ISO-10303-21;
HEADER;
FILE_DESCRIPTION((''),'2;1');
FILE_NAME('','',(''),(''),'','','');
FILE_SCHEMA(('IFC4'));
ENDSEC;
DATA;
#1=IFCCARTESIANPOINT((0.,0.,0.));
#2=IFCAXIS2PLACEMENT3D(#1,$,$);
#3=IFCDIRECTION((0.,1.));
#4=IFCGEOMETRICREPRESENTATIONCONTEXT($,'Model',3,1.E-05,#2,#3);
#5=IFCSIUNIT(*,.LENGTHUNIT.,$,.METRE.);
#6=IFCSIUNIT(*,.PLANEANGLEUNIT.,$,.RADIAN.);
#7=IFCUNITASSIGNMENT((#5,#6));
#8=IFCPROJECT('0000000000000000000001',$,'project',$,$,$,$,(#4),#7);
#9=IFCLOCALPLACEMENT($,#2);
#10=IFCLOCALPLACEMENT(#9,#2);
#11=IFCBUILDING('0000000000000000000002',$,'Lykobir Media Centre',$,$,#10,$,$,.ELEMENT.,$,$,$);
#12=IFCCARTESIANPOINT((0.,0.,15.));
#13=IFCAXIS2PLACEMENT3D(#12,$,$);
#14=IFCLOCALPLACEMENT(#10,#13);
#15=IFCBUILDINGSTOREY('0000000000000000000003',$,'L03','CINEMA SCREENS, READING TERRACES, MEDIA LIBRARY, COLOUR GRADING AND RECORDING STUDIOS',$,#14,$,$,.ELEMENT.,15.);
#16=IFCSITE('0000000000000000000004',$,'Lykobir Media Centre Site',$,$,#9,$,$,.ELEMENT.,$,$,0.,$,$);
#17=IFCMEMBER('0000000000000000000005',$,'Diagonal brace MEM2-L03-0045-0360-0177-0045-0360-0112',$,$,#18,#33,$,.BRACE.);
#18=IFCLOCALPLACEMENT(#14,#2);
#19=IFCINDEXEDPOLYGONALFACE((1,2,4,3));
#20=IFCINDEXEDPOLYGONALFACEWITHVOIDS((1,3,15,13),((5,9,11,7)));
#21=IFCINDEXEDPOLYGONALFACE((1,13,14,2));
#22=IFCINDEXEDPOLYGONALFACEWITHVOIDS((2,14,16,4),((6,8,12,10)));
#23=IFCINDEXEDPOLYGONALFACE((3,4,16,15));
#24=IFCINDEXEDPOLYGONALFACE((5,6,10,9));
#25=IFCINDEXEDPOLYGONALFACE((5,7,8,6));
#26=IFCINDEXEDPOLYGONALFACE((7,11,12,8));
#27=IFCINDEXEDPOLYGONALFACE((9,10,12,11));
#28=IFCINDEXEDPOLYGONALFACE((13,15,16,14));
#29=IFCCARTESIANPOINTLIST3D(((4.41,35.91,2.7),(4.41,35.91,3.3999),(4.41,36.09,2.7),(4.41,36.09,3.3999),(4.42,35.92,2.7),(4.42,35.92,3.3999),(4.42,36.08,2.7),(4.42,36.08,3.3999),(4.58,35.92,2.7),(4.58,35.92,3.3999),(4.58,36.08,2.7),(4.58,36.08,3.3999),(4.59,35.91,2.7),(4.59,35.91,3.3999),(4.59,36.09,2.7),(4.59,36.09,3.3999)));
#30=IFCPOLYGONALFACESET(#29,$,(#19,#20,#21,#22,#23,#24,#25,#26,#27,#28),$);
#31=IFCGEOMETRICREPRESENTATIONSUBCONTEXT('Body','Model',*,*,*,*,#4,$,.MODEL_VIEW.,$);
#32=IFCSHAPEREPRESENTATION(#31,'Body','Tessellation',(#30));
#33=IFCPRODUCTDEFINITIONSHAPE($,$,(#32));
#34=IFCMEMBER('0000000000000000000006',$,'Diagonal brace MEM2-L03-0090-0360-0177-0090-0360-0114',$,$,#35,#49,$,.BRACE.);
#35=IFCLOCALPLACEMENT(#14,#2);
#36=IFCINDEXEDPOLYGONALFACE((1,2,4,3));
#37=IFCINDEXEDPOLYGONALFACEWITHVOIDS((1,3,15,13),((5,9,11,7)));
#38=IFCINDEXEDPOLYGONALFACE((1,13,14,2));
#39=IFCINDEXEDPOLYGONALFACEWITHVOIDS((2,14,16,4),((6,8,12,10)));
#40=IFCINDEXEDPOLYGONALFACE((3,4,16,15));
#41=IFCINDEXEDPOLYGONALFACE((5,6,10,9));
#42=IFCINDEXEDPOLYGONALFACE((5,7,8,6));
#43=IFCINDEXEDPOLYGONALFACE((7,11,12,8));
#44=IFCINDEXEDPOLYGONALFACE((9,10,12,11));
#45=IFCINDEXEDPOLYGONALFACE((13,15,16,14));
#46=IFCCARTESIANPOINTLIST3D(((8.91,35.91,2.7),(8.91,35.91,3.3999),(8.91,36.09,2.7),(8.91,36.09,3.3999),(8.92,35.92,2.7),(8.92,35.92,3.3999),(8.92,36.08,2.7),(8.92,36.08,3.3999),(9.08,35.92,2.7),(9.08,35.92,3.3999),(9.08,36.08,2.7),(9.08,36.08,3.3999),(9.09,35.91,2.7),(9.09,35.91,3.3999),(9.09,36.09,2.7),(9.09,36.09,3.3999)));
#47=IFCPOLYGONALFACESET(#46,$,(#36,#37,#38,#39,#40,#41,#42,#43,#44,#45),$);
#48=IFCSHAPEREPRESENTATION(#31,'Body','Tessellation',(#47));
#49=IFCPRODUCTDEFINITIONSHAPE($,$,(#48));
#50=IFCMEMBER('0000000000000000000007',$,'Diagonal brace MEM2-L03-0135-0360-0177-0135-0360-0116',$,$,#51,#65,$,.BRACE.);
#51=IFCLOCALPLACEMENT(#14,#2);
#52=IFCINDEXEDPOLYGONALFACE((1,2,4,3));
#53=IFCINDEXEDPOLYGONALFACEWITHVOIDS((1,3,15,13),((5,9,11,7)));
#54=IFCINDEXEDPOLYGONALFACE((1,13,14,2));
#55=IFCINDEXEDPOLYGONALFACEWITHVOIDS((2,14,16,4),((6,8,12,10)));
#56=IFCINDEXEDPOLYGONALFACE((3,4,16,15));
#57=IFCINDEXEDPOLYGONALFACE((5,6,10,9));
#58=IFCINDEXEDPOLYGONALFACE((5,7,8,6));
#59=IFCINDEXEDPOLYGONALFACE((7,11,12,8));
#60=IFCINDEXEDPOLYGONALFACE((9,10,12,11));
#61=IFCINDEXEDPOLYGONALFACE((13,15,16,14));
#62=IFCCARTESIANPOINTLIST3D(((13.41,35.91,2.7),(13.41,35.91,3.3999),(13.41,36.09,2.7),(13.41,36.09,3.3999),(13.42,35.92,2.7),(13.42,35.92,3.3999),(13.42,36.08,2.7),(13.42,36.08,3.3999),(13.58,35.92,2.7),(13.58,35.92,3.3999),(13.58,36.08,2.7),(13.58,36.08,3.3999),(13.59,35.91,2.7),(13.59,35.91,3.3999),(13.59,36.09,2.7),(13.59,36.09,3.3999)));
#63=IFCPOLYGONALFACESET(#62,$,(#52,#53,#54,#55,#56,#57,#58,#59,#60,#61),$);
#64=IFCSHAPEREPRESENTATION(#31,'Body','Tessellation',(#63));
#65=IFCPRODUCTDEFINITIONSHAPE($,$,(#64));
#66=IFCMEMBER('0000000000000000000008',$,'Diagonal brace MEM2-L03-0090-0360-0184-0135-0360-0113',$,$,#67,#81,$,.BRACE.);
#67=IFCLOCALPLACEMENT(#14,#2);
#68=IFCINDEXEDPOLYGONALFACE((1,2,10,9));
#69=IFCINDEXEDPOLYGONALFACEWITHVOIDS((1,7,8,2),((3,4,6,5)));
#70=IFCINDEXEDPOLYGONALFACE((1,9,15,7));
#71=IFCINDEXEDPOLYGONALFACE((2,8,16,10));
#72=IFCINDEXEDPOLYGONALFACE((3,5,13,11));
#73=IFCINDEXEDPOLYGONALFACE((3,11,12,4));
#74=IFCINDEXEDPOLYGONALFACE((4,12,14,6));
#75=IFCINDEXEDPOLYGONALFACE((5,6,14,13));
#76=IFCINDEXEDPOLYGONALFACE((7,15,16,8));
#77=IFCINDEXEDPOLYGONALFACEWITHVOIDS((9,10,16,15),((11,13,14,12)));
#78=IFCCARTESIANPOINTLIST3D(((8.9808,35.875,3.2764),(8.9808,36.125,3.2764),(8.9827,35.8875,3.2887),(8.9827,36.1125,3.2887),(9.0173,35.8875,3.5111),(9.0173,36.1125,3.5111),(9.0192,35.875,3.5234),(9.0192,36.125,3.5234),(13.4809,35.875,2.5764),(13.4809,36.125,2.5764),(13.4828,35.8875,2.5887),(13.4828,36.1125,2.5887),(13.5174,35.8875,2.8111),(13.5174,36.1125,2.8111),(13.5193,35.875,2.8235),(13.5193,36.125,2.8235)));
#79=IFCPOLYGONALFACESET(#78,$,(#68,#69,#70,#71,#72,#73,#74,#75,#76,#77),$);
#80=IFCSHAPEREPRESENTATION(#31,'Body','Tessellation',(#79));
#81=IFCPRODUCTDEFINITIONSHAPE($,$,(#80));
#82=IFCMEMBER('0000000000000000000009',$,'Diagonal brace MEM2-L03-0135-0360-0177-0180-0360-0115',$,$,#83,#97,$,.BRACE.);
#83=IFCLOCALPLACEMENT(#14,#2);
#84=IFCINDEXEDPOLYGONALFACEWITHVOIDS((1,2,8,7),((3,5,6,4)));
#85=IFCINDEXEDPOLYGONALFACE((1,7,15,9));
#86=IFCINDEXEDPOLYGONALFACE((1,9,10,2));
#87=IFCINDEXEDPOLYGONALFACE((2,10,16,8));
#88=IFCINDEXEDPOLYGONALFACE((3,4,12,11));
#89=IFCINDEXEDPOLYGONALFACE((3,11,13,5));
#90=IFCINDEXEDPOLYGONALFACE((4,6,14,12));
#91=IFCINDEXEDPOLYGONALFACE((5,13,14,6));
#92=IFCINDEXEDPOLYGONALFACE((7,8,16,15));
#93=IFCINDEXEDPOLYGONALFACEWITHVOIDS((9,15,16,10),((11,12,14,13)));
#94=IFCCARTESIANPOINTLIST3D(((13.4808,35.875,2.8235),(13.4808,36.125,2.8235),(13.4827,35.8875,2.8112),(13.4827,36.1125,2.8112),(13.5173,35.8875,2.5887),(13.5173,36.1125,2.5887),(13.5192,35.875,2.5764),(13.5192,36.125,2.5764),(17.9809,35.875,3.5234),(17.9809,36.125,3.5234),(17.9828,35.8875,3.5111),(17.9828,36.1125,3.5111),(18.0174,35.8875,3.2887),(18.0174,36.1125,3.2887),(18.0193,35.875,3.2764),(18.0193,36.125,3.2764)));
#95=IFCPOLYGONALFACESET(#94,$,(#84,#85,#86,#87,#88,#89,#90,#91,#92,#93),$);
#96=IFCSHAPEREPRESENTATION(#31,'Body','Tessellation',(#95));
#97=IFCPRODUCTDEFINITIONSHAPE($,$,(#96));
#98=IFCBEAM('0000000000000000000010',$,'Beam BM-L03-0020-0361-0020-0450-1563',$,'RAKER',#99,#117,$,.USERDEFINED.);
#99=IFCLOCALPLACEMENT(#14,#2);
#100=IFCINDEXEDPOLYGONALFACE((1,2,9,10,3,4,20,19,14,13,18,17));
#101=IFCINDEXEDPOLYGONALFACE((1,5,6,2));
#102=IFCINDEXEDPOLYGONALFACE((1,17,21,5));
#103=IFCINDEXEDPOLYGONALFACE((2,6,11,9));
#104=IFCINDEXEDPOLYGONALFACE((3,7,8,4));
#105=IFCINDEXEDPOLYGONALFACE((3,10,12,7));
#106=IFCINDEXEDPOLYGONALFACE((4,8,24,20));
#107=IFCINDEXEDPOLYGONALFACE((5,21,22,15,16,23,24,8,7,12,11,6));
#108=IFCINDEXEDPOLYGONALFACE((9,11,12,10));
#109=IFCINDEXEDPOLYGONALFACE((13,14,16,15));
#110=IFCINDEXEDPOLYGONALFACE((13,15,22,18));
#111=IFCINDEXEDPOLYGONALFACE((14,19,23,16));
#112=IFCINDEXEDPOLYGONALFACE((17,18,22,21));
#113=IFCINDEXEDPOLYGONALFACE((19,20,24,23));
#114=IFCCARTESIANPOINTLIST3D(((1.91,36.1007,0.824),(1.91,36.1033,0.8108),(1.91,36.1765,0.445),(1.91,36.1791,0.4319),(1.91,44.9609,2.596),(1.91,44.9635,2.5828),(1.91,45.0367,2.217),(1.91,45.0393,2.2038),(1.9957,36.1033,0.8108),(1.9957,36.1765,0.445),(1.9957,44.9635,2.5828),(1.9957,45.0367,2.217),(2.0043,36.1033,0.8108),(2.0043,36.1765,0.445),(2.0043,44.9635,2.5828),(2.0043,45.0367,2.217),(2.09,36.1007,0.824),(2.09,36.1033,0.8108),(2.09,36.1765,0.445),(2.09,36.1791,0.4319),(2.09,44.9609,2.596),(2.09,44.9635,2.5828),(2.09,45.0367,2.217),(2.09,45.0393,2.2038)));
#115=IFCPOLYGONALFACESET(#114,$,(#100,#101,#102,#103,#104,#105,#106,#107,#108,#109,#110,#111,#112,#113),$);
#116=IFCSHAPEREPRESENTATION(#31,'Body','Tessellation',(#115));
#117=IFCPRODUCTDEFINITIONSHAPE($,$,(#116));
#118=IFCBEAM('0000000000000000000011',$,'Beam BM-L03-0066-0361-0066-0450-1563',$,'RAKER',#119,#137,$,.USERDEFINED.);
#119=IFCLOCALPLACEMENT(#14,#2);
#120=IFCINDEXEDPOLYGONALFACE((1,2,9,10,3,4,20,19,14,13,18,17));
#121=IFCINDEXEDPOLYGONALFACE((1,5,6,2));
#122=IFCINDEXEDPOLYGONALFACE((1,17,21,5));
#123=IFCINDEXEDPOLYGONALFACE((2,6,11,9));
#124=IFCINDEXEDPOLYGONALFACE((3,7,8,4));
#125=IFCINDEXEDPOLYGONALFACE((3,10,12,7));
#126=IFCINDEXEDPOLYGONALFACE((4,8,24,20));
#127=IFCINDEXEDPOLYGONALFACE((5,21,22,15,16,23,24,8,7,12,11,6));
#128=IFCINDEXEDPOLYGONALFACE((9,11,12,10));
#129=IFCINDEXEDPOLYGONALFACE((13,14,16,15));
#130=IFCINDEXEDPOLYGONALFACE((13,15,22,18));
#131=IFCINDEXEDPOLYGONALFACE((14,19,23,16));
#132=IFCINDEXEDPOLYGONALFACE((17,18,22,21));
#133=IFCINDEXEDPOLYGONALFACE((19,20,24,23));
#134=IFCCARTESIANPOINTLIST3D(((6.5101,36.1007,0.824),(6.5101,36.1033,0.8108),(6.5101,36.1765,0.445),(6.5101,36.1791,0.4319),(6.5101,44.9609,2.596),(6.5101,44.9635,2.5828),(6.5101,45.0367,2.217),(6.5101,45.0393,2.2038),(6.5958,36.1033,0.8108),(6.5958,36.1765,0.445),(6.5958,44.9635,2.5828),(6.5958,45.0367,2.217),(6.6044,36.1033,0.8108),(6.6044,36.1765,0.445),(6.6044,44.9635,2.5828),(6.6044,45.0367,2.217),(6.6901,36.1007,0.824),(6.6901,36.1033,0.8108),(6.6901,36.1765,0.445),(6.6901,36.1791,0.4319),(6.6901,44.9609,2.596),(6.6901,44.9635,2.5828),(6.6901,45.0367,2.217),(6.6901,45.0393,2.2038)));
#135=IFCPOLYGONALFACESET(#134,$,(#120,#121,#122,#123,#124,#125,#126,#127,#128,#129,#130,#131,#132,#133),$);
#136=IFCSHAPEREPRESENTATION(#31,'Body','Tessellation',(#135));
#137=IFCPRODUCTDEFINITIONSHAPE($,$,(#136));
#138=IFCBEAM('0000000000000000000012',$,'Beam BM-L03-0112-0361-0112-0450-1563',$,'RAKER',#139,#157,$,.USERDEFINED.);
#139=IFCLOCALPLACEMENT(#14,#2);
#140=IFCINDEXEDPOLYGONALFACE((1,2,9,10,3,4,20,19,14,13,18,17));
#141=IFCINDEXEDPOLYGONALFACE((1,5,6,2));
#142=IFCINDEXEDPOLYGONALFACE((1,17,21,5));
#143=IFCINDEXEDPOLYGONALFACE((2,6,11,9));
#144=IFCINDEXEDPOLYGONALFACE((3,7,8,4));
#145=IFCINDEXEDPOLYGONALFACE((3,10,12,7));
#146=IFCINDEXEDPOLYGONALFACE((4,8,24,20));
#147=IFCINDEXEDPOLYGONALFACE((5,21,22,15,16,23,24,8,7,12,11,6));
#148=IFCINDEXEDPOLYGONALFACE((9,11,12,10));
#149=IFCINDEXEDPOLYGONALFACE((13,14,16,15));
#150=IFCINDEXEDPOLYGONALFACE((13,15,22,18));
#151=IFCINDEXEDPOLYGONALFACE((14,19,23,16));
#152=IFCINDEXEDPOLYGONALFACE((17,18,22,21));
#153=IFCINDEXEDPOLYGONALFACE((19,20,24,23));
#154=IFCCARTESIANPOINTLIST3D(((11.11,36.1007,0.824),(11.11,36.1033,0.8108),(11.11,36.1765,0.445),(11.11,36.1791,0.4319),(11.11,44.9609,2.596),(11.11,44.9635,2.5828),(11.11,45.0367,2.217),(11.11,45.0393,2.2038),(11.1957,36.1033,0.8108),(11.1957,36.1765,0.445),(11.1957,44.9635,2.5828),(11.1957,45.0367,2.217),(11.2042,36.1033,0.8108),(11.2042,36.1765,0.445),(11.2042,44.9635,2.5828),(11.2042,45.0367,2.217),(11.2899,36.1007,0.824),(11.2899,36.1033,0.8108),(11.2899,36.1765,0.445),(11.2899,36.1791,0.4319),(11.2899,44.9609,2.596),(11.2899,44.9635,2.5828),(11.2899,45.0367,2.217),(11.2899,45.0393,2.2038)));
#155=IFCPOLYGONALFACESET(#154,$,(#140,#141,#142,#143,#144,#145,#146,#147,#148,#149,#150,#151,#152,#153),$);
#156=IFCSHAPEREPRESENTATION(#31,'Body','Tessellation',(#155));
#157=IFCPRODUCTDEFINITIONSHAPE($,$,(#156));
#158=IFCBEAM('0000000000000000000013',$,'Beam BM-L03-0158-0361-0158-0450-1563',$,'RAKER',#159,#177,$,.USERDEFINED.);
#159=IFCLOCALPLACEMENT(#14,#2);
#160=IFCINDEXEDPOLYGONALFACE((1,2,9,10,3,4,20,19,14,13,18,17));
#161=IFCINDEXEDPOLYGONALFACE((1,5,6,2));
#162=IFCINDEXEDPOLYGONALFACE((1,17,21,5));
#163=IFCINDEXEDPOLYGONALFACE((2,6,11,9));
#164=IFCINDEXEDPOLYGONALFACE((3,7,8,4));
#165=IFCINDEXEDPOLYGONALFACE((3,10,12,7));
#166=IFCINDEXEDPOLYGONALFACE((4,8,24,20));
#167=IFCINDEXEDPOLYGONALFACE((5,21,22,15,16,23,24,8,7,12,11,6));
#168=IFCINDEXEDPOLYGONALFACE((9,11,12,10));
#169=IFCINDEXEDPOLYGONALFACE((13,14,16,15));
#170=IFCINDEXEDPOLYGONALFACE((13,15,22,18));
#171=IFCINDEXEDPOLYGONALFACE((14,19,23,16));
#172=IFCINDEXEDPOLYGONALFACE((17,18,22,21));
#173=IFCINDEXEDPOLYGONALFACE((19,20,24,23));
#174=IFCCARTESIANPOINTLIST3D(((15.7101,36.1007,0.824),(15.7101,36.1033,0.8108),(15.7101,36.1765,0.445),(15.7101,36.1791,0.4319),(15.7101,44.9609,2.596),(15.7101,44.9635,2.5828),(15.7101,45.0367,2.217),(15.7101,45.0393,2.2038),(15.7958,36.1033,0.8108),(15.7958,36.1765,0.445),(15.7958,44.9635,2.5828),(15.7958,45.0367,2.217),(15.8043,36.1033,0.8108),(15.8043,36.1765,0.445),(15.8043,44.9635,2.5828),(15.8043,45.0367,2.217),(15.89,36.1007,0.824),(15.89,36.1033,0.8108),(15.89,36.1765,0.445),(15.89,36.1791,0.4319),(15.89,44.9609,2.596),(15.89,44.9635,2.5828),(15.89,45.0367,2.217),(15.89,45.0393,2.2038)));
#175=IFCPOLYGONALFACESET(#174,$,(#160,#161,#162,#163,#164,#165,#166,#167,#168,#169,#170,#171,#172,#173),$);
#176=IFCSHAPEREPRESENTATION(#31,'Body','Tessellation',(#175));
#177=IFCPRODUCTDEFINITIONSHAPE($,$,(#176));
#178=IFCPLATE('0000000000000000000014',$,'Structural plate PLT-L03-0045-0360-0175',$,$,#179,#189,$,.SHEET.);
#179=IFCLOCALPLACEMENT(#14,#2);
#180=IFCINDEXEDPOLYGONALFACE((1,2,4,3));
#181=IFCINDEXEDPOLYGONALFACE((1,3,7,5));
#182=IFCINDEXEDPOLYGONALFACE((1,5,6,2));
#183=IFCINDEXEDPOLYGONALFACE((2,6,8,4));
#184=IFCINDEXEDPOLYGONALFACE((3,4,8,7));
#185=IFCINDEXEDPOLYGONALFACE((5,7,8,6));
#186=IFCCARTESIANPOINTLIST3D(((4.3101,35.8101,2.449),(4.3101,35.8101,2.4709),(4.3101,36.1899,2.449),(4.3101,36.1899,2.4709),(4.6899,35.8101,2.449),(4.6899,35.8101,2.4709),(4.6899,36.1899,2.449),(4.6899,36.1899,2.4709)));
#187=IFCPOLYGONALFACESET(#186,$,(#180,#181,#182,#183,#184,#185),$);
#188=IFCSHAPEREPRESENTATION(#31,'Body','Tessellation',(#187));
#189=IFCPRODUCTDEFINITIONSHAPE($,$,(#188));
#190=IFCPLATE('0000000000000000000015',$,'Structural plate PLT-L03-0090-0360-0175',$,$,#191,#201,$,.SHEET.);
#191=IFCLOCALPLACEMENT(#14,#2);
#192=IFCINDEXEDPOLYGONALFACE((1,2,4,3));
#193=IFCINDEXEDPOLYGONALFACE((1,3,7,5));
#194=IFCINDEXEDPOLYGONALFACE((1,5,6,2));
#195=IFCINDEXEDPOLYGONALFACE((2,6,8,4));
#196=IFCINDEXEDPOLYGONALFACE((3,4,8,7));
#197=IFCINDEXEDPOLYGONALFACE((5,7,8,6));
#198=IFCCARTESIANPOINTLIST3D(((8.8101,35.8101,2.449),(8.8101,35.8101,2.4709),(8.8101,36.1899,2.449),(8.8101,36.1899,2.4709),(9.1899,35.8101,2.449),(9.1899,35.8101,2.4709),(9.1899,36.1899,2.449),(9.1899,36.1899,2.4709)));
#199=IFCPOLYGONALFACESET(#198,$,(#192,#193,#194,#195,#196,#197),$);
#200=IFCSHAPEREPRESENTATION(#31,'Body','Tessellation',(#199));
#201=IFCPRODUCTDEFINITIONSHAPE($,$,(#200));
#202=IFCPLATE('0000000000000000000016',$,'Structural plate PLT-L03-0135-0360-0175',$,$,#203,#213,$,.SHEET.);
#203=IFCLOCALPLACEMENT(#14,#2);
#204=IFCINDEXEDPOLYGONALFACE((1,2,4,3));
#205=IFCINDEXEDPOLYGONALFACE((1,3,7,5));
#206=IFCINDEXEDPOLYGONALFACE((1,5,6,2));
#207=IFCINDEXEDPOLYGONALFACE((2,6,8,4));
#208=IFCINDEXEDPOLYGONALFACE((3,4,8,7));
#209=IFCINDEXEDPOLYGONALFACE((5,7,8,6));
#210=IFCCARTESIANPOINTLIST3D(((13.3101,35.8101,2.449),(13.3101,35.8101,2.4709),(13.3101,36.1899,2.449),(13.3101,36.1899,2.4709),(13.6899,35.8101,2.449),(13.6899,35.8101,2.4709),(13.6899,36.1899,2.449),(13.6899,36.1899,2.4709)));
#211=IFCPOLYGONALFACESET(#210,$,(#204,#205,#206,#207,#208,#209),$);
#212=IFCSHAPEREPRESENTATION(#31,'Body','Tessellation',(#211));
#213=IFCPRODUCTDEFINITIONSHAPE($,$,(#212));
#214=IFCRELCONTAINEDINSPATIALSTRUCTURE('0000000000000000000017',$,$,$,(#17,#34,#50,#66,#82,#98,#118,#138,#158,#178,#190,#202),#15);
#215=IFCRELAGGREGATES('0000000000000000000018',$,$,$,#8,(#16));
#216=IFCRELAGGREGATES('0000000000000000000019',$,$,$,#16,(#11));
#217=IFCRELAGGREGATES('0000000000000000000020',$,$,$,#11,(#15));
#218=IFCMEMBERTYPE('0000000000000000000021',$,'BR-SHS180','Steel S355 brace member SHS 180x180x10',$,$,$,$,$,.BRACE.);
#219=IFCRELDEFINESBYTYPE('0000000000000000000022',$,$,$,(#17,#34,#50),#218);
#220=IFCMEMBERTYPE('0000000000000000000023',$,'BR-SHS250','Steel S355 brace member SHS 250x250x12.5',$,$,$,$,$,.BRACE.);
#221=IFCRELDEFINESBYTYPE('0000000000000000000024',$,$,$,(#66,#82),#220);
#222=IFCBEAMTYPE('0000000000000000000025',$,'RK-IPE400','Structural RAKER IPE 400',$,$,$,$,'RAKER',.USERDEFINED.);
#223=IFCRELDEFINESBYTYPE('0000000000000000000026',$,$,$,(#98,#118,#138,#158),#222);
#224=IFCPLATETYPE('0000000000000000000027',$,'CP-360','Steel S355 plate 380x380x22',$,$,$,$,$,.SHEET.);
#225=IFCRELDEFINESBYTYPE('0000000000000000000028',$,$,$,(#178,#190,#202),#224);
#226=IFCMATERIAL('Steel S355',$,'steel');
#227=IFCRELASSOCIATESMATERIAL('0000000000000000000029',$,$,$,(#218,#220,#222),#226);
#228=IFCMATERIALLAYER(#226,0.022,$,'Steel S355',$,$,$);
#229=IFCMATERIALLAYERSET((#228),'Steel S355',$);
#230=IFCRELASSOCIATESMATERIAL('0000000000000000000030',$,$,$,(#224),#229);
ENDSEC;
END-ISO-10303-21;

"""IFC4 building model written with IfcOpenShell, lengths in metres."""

from ifc_helpers import new_model, si_unit, direction, frame, origin, origin_2d, place, context, subcontext, project, spatial, rectangle, hollow_rectangle, i_section, extrude, material, layer, layer_set, material_profile, profile_set, type_object, element, save


model = new_model("IFC4")

# Units and contexts
model_context = context("Model", 3, precision=1e-05, world=origin(), true_north=direction((0.0, 1.0)))
body_context = subcontext(model_context, "Body", "Model", "MODEL_VIEW")
ifc_project = project(units=[si_unit("LENGTHUNIT", "METRE"), si_unit("PLANEANGLEUNIT", "RADIAN")], contexts=[model_context])

# Site, building, storey
site_placement = place(None, origin())
site = spatial("IfcSite", under=ifc_project, at=site_placement, Name="Lykobir Media Centre Site", CompositionType="ELEMENT", RefElevation=0.0)
building_placement = place(site_placement, origin())
building = spatial("IfcBuilding", under=site, at=building_placement, Name="Lykobir Media Centre", CompositionType="ELEMENT")
storey_placement = place(building_placement, frame((0.0, 0.0, 15.0)))
storey = spatial("IfcBuildingStorey", under=building, at=storey_placement, Name="L03", Description="CINEMA SCREENS, READING TERRACES, MEDIA LIBRARY, COLOUR GRADING AND RECORDING STUDIOS", CompositionType="ELEMENT", Elevation=15.0)

# Members
ifc_material = material(Name="Steel S355", Category="steel")
ifc_material_profile_1 = material_profile(ifc_material, hollow_rectangle(XDim=0.1799, YDim=0.1799, WallThickness=0.01, at=origin_2d()), Name="SHS 180x180x10")
ifc_profile_set_1 = profile_set([ifc_material_profile_1], Name="Steel S355")
member_type_1 = type_object("IfcMemberType", Name="BR-SHS180", Description="Steel S355 brace member SHS 180x180x10", PredefinedType="BRACE", material=ifc_profile_set_1)
for number, where, z_axis, x_axis, name in (
    (1, (4.5, 36.0, 2.7), (0.0, 0.0, 1.0), (1.0, 0.0, 0.0), "Diagonal brace MEM2-L03-0045-0360-0177-0045-0360-0112"),
    (2, (9.0, 36.0, 2.7), (0.0, 0.0, 1.0), (1.0, 0.0, 0.0), "Diagonal brace MEM2-L03-0090-0360-0177-0090-0360-0114"),
    (3, (13.5, 36.0, 2.7), (0.0, 0.0, 1.0), (1.0, 0.0, 0.0), "Diagonal brace MEM2-L03-0135-0360-0177-0135-0360-0116"),
):
    element("IfcMember", number, at=place(storey_placement, frame(where, z_axis=z_axis, x_axis=x_axis)), inside=storey, type_object=member_type_1, Name=name, PredefinedType="BRACE", context=body_context, shape_type="SweptSolid", body=[
        extrude(hollow_rectangle(XDim=0.1799, YDim=0.1799, WallThickness=0.01, at=origin_2d()), origin(), (0.0, 0.0, 1.0), 0.7),
    ])
ifc_material_profile_2 = material_profile(ifc_material, hollow_rectangle(XDim=0.25, YDim=0.25, WallThickness=0.0125, at=origin_2d()), Name="SHS 250x250x12.5")
ifc_profile_set_2 = profile_set([ifc_material_profile_2], Name="Steel S355")
member_type_2 = type_object("IfcMemberType", Name="BR-SHS250", Description="Steel S355 brace member SHS 250x250x12.5", PredefinedType="BRACE", material=ifc_profile_set_2)
for number, where, z_axis, x_axis, name in (
    (4, (9.0, 36.0, 3.3999), (0.988118, 0.0, -0.153697), (0.0, 1.0, 0.0), "Diagonal brace MEM2-L03-0090-0360-0184-0135-0360-0113"),
    (5, (13.5, 36.0, 2.7), (0.988118, 0.0, 0.153697), (0.0, 1.0, 0.0), "Diagonal brace MEM2-L03-0135-0360-0177-0180-0360-0115"),
):
    element("IfcMember", number, at=place(storey_placement, frame(where, z_axis=z_axis, x_axis=x_axis)), inside=storey, type_object=member_type_2, Name=name, PredefinedType="BRACE", context=body_context, shape_type="SweptSolid", body=[
        extrude(hollow_rectangle(XDim=0.25, YDim=0.25, WallThickness=0.0125, at=origin_2d()), origin(), (0.0, 0.0, 1.0), 4.5542),
    ])

# Beams
ifc_material_profile_3 = material_profile(ifc_material, i_section(OverallWidth=0.1799, OverallDepth=0.3999, WebThickness=0.0085, FlangeThickness=0.0134, at=origin_2d()), Name="IPE 400")
ifc_profile_set_3 = profile_set([ifc_material_profile_3], Name="Steel S355")
beam_type = type_object("IfcBeamType", Name="RK-IPE400", Description="Structural RAKER IPE 400", ElementType="RAKER", PredefinedType="USERDEFINED", material=ifc_profile_set_3)
for number, where, z_axis, x_axis, name in (
    (6, (2.0, 36.1399, 0.6279), (0.0, 0.980582, 0.196111), (-1.0, 0.0, 0.0), "Beam BM-L03-0020-0361-0020-0450-1563"),
    (7, (6.6001, 36.1399, 0.6279), (0.0, 0.980582, 0.196111), (-1.0, 0.0, 0.0), "Beam BM-L03-0066-0361-0066-0450-1563"),
    (8, (11.2, 36.1399, 0.6279), (0.0, 0.980582, 0.196111), (-1.0, 0.0, 0.0), "Beam BM-L03-0112-0361-0112-0450-1563"),
    (9, (15.8, 36.1399, 0.6279), (0.0, 0.980582, 0.196111), (-1.0, 0.0, 0.0), "Beam BM-L03-0158-0361-0158-0450-1563"),
):
    element("IfcBeam", number, at=place(storey_placement, frame(where, z_axis=z_axis, x_axis=x_axis)), inside=storey, type_object=beam_type, Name=name, ObjectType="RAKER", PredefinedType="USERDEFINED", context=body_context, shape_type="SweptSolid", body=[
        extrude(i_section(OverallWidth=0.1799, OverallDepth=0.3999, WebThickness=0.0085, FlangeThickness=0.0134, at=origin_2d()), origin(), (0.0, 0.0, 1.0), 9.0356),
    ])

# Plates
ifc_layer_1 = layer(ifc_material, 0.022, Name="Steel S355")
ifc_layer_set_1 = layer_set([ifc_layer_1], Name="Steel S355")
plate_type_1 = type_object("IfcPlateType", Name="CP-360", Description="Steel S355 plate 380x380x22", PredefinedType="SHEET", material=ifc_layer_set_1)
for number, where, z_axis, x_axis, name in (
    (10, (4.5, 36.0, 2.449), (0.0, 0.0, 1.0), (1.0, 0.0, 0.0), "Structural plate PLT-L03-0045-0360-0175"),
    (11, (9.0, 36.0, 2.449), (0.0, 0.0, 1.0), (1.0, 0.0, 0.0), "Structural plate PLT-L03-0090-0360-0175"),
    (12, (13.5, 36.0, 2.449), (0.0, 0.0, 1.0), (1.0, 0.0, 0.0), "Structural plate PLT-L03-0135-0360-0175"),
):
    element("IfcPlate", number, at=place(storey_placement, frame(where, z_axis=z_axis, x_axis=x_axis)), inside=storey, type_object=plate_type_1, Name=name, PredefinedType="SHEET", context=body_context, shape_type="SweptSolid", body=[
        extrude(rectangle(XDim=0.3799, YDim=0.3799, at=origin_2d()), origin(), (0.0, 0.0, 1.0), 0.022),
    ])

save(model, "model.ifc")
